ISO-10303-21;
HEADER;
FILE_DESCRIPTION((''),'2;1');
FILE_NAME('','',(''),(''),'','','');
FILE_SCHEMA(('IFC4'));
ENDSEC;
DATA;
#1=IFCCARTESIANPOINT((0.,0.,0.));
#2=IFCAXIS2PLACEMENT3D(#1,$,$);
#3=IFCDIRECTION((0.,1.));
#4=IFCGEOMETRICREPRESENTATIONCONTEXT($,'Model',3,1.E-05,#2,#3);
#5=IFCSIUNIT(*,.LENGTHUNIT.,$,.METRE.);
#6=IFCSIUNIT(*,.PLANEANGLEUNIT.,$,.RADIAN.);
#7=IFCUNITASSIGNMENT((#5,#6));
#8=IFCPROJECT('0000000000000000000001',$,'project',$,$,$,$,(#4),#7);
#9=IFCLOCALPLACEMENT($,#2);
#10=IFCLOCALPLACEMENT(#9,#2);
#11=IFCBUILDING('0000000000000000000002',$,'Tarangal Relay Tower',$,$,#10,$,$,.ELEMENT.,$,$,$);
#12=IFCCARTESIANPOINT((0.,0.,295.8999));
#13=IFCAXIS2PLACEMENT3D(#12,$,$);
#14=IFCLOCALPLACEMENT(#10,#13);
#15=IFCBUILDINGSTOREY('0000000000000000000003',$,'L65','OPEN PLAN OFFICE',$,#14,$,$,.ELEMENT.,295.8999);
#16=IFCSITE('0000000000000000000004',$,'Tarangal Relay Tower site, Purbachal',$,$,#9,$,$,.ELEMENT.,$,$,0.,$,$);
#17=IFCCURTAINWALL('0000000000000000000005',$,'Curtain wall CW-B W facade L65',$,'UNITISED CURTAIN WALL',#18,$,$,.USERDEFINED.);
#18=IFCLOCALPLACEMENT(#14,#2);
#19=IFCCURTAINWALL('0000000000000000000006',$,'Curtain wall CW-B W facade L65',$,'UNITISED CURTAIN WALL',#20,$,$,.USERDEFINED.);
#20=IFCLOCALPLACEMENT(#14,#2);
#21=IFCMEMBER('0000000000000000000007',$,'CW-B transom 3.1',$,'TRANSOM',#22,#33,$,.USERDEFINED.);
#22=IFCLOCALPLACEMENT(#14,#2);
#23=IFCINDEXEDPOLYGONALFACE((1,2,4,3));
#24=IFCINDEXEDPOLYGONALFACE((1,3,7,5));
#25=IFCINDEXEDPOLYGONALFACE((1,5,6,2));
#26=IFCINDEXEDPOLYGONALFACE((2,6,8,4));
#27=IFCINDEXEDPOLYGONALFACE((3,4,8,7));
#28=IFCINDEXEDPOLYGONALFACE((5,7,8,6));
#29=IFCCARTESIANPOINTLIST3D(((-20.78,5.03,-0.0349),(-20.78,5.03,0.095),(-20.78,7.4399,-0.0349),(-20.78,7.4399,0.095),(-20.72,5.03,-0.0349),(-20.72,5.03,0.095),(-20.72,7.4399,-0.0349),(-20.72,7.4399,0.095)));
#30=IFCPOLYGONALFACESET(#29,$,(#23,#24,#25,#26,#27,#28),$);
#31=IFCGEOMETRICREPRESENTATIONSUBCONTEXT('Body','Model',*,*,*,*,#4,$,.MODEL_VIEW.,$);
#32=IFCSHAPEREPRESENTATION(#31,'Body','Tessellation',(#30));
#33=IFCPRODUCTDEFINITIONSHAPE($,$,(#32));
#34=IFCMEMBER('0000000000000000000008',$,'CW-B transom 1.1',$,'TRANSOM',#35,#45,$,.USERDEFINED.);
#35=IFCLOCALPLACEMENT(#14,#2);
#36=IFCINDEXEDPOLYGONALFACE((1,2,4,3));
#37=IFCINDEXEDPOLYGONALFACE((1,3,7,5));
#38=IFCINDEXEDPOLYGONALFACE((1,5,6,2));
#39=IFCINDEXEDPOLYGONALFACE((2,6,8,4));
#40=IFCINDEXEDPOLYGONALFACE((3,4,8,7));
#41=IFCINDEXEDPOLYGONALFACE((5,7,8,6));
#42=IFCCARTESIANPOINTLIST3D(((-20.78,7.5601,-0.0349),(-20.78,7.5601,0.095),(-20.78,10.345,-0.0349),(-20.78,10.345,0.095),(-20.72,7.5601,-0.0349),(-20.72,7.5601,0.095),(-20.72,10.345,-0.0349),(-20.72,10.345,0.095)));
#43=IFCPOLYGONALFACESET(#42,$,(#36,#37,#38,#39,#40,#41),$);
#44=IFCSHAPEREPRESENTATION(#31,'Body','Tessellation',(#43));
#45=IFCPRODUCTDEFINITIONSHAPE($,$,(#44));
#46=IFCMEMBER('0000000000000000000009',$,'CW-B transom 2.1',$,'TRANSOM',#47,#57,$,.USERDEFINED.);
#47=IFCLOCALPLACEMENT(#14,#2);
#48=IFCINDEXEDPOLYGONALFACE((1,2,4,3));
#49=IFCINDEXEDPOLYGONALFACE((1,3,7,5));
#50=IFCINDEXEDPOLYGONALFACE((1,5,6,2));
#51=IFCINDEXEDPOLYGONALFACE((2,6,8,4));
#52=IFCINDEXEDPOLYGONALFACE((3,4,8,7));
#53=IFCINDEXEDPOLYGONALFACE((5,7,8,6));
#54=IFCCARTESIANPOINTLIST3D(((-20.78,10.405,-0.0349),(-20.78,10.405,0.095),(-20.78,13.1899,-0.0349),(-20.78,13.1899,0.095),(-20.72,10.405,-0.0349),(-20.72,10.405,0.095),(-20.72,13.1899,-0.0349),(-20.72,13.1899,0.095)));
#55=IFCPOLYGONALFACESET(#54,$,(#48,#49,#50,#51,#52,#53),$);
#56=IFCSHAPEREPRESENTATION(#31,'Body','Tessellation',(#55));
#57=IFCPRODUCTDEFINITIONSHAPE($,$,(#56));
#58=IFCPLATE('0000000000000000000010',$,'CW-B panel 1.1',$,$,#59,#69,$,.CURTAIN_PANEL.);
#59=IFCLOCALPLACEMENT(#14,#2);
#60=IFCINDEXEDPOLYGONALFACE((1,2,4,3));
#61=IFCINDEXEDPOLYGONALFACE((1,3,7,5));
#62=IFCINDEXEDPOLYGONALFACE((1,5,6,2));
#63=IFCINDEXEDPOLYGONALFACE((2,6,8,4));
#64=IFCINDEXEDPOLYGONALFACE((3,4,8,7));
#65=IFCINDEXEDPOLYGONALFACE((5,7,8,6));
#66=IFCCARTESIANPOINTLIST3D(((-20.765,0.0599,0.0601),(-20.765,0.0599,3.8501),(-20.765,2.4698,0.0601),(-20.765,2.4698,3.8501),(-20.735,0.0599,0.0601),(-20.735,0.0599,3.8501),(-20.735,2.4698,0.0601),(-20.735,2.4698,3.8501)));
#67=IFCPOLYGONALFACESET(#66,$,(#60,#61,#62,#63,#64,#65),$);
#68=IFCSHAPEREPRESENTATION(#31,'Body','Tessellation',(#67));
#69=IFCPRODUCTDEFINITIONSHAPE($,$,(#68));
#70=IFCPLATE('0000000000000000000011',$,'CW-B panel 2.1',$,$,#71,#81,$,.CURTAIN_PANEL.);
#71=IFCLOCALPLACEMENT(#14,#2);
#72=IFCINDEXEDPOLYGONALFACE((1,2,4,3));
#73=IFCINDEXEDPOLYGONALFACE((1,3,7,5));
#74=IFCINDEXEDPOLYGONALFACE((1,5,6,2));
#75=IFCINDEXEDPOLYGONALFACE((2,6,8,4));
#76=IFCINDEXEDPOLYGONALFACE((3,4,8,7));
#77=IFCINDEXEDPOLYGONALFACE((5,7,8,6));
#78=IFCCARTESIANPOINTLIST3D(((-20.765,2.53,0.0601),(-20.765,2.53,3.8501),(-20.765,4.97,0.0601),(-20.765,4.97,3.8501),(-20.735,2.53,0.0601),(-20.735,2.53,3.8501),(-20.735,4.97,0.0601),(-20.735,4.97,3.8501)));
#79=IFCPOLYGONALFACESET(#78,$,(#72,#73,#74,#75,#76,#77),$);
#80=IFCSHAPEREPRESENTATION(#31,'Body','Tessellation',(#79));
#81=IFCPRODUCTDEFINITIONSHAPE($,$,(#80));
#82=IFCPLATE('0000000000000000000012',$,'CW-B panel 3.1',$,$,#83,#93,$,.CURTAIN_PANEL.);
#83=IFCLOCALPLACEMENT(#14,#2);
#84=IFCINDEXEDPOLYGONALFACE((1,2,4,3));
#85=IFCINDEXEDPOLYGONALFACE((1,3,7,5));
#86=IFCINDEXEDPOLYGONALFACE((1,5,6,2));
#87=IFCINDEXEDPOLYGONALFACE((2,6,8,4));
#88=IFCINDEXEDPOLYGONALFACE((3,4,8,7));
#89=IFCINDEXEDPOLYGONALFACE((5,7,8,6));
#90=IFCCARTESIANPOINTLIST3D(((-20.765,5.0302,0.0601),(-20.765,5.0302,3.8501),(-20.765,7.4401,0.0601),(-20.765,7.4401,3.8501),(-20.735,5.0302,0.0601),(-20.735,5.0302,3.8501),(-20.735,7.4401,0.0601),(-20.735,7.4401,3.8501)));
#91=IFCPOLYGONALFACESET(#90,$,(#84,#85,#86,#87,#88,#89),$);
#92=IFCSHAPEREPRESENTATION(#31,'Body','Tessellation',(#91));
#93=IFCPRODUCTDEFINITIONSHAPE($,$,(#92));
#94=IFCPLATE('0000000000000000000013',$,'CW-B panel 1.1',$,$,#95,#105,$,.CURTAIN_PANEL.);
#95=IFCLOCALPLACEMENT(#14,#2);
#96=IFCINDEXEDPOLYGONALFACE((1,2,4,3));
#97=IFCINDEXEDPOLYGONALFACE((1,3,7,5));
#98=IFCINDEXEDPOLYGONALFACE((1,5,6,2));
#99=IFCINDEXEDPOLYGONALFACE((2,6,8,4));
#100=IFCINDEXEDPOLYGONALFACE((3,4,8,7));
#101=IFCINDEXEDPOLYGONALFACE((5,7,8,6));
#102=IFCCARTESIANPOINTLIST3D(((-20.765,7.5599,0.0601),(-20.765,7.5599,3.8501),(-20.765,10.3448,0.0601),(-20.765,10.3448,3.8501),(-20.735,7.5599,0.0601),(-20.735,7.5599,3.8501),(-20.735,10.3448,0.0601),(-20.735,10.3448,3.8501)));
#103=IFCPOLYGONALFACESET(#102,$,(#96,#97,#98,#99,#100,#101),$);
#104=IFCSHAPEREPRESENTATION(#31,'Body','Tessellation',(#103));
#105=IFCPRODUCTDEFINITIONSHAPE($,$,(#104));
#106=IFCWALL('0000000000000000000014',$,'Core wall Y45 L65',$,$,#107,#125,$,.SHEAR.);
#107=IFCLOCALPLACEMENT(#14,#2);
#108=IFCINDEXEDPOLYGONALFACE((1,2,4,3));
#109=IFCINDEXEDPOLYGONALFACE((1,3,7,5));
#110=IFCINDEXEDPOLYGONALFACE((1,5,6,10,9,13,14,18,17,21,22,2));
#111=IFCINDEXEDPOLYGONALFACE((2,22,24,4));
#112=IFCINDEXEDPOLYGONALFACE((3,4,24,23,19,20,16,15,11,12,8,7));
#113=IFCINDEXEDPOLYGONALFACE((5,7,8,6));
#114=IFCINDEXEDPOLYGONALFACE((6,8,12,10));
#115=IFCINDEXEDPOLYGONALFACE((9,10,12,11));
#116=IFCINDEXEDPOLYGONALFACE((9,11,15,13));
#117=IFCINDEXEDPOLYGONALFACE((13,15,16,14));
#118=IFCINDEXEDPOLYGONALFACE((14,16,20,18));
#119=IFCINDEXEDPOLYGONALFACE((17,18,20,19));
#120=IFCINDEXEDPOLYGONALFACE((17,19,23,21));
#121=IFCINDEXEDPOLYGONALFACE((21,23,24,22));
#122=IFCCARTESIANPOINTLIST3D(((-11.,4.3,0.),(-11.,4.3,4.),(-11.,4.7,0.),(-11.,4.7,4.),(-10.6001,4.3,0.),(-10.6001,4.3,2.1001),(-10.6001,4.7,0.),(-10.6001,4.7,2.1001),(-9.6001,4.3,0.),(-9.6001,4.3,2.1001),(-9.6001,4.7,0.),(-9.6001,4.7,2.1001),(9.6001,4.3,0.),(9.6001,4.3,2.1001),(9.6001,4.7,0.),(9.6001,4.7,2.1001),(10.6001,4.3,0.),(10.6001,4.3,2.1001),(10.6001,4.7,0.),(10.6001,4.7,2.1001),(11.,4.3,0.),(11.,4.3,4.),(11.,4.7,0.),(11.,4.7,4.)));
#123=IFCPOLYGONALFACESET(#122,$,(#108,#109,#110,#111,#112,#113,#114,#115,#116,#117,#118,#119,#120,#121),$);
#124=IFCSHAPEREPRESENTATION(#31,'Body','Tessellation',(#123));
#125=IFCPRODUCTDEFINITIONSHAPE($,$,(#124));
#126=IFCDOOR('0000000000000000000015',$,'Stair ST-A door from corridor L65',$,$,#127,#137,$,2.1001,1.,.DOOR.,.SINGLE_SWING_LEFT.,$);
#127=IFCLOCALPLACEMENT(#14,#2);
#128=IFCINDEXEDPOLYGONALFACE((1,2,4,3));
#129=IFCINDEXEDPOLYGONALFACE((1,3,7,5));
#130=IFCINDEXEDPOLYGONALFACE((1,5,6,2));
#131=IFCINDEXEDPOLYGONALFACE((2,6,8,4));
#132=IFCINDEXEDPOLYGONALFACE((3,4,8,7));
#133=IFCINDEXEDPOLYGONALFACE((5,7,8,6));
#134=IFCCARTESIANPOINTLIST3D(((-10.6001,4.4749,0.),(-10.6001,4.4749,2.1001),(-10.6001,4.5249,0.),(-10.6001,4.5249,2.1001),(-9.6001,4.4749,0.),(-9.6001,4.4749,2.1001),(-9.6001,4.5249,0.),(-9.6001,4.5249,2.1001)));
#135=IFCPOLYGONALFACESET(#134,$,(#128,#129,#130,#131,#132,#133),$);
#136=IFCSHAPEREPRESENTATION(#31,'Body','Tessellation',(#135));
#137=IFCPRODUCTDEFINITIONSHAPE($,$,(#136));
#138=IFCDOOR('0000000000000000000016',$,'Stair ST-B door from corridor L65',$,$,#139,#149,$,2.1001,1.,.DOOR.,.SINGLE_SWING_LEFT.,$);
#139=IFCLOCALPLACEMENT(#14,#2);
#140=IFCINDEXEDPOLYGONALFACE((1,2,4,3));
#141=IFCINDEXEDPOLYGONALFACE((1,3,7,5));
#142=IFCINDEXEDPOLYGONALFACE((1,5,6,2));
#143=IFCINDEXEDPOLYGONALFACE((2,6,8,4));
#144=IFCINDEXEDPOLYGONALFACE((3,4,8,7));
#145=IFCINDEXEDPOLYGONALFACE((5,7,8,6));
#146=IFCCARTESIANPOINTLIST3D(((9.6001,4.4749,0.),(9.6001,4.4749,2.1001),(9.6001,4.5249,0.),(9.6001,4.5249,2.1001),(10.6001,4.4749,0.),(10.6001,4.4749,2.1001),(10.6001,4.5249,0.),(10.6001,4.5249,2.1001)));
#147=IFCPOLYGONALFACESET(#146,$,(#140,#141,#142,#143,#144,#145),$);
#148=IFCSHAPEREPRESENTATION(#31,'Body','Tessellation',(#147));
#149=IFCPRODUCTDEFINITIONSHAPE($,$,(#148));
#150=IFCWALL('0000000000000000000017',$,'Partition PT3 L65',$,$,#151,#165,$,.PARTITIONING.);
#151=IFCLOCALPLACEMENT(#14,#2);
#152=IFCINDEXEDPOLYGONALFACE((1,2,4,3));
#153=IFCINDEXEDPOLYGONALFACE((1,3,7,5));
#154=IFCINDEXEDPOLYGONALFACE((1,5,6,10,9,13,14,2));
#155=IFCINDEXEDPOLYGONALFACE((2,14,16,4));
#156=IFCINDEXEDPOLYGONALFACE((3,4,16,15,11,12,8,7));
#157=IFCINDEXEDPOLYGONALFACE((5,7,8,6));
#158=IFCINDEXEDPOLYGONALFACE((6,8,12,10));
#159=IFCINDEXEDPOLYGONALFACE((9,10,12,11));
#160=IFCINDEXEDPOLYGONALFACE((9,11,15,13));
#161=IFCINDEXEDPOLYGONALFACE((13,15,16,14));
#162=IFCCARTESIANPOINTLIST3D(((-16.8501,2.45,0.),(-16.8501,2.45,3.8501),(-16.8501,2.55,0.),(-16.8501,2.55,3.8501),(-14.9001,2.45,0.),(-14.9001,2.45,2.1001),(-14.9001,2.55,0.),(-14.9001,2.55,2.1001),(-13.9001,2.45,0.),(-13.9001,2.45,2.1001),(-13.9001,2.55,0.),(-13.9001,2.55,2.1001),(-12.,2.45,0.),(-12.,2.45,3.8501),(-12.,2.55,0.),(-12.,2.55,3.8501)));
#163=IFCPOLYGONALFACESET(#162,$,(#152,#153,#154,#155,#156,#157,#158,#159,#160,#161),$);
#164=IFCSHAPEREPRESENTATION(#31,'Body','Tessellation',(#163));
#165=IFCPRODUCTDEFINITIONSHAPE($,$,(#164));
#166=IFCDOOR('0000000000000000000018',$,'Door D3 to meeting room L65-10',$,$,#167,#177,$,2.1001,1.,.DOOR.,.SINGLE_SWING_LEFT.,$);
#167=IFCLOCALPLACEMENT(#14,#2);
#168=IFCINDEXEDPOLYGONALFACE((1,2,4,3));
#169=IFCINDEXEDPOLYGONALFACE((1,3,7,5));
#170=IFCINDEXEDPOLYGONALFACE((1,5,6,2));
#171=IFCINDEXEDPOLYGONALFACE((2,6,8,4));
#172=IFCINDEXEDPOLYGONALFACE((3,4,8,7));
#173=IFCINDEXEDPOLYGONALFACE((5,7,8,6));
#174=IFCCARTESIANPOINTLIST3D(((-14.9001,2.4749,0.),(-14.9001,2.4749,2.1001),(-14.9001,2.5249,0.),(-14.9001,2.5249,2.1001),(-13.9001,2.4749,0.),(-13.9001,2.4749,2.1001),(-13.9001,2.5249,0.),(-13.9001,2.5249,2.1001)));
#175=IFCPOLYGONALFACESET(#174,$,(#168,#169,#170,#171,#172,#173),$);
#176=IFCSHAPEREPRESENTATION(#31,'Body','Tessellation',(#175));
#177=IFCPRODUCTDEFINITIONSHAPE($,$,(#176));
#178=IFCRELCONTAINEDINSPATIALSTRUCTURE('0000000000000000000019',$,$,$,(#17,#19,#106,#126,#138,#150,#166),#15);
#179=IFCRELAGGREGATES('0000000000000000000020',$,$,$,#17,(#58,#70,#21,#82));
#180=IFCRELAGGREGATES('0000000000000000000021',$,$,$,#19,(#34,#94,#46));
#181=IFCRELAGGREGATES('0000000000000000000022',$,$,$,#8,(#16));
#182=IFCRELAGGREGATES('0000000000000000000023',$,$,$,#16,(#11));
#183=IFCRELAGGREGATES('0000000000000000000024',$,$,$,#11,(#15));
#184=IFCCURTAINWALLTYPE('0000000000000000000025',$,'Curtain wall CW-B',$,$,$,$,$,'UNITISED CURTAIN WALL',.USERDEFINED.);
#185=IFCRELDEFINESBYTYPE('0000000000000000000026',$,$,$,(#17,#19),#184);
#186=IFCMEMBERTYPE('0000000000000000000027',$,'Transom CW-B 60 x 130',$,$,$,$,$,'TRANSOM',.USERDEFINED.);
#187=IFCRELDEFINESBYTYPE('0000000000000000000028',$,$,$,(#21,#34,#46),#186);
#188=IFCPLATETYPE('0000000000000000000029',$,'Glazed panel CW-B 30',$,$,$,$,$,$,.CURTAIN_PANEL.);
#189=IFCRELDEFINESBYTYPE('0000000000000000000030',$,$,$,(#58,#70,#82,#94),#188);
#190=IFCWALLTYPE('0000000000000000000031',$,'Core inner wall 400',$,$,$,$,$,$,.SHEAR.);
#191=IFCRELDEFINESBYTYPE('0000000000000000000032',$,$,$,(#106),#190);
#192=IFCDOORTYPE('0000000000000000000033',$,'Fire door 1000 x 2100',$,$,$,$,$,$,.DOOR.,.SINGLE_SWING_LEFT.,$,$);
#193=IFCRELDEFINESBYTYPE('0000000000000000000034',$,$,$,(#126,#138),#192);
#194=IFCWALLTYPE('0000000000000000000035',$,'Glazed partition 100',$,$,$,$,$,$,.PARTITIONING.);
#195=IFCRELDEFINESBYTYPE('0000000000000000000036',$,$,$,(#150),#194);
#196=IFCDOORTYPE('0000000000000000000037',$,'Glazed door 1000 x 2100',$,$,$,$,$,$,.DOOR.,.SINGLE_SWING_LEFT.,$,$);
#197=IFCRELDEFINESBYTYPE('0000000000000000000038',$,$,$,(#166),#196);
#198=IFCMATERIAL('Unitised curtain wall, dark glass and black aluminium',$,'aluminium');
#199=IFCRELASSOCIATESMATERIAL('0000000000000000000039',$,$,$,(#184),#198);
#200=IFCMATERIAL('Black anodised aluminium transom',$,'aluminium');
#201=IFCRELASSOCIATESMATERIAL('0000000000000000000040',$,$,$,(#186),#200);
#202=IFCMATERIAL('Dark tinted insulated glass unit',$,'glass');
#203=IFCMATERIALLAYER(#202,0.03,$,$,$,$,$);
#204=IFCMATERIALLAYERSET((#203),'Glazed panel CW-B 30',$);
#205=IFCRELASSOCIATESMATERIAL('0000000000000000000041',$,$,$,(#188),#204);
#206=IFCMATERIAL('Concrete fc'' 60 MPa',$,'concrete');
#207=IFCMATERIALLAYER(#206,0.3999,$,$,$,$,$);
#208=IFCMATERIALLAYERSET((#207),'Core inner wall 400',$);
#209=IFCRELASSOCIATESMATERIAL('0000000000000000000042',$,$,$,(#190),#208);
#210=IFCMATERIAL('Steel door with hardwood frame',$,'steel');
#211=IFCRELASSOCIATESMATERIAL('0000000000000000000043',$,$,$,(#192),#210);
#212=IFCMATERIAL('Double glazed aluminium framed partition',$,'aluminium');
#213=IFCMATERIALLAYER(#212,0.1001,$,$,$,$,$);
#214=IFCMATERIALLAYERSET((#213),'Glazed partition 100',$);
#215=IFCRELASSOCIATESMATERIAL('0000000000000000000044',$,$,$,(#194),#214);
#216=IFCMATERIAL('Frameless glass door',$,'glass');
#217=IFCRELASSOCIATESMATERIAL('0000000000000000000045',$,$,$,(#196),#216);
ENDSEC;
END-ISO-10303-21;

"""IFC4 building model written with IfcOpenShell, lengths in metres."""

from ifc_helpers import new_model, si_unit, direction, frame, frame_2d, origin, origin_2d, place, context, subcontext, project, spatial, rectangle, extrude, material, layer, layer_set, material_profile, profile_set, type_object, element, fill, aggregate, save


model = new_model("IFC4")

# Units and contexts
model_context = context("Model", 3, precision=1e-05, world=origin(), true_north=direction((0.0, 1.0)))
body_context = subcontext(model_context, "Body", "Model", "MODEL_VIEW")
ifc_project = project(units=[si_unit("LENGTHUNIT", "METRE"), si_unit("PLANEANGLEUNIT", "RADIAN")], contexts=[model_context])

# Site, building, storey
site_placement = place(None, origin())
site = spatial("IfcSite", under=ifc_project, at=site_placement, Name="Tarangal Relay Tower site, Purbachal", CompositionType="ELEMENT", RefElevation=0.0)
building_placement = place(site_placement, origin())
building = spatial("IfcBuilding", under=site, at=building_placement, Name="Tarangal Relay Tower", CompositionType="ELEMENT")
storey_placement = place(building_placement, frame((0.0, 0.0, 295.8999)))
storey = spatial("IfcBuildingStorey", under=building, at=storey_placement, Name="L65", Description="OPEN PLAN OFFICE", CompositionType="ELEMENT", Elevation=295.8999)

# Curtain walls
ifc_material_1 = material(Name="Unitised curtain wall, dark glass and black aluminium", Category="aluminium")
curtain_wall_type = type_object("IfcCurtainWallType", Name="Curtain wall CW-B", ElementType="UNITISED CURTAIN WALL", PredefinedType="USERDEFINED", material=ifc_material_1)
curtain_wall_1_placement = place(storey_placement, origin())
curtain_wall_1 = element("IfcCurtainWall", 1, at=curtain_wall_1_placement, inside=storey, type_object=curtain_wall_type, Name="Curtain wall CW-B W facade L65", ObjectType="UNITISED CURTAIN WALL", PredefinedType="USERDEFINED")
curtain_wall_2_placement = place(storey_placement, origin())
curtain_wall_2 = element("IfcCurtainWall", 2, at=curtain_wall_2_placement, inside=storey, type_object=curtain_wall_type, Name="Curtain wall CW-B W facade L65", ObjectType="UNITISED CURTAIN WALL", PredefinedType="USERDEFINED")

# Members
ifc_material_2 = material(Name="Black anodised aluminium transom", Category="aluminium")
ifc_material_profile_1 = material_profile(ifc_material_2, rectangle(XDim=0.0601, YDim=0.1299, at=origin_2d()), Name="CW-BT 60X130")
ifc_profile_set_1 = profile_set([ifc_material_profile_1], Name="Black anodised aluminium transom")
member_type_1 = type_object("IfcMemberType", Name="Transom CW-B 60 x 130", ElementType="TRANSOM", PredefinedType="USERDEFINED", material=ifc_profile_set_1)
member_1_placement = place(storey_placement, frame((-20.75, 5.03, 0.03), z_axis=(0.0, 1.0, 0.0), x_axis=(-1.0, 0.0, 0.0)))
member_1 = element("IfcMember", 3, at=member_1_placement, type_object=member_type_1, Name="CW-B transom 3.1", ObjectType="TRANSOM", PredefinedType="USERDEFINED", context=body_context, shape_type="SweptSolid", body=[
    extrude(rectangle(XDim=0.0601, YDim=0.1299, at=origin_2d()), origin(), (0.0, 0.0, 1.0), 2.4099),
])
member_2_placement = place(storey_placement, frame((-20.75, 7.5601, 0.03), z_axis=(0.0, 1.0, 0.0), x_axis=(-1.0, 0.0, 0.0)))
member_2 = element("IfcMember", 4, at=member_2_placement, type_object=member_type_1, Name="CW-B transom 1.1", ObjectType="TRANSOM", PredefinedType="USERDEFINED", context=body_context, shape_type="SweptSolid", body=[
    extrude(rectangle(XDim=0.0601, YDim=0.1299, at=origin_2d()), origin(), (0.0, 0.0, 1.0), 2.7849),
])
member_3_placement = place(storey_placement, frame((-20.75, 10.405, 0.03), z_axis=(0.0, 1.0, 0.0), x_axis=(-1.0, 0.0, 0.0)))
member_3 = element("IfcMember", 5, at=member_3_placement, type_object=member_type_1, Name="CW-B transom 2.1", ObjectType="TRANSOM", PredefinedType="USERDEFINED", context=body_context, shape_type="SweptSolid", body=[
    extrude(rectangle(XDim=0.0601, YDim=0.1299, at=origin_2d()), origin(), (0.0, 0.0, 1.0), 2.7849),
])

# Plates
ifc_material_3 = material(Name="Dark tinted insulated glass unit", Category="glass")
ifc_layer_1 = layer(ifc_material_3, 0.03)
ifc_layer_set_1 = layer_set([ifc_layer_1], Name="Glazed panel CW-B 30")
plate_type = type_object("IfcPlateType", Name="Glazed panel CW-B 30", PredefinedType="CURTAIN_PANEL", material=ifc_layer_set_1)
plate_1_placement = place(storey_placement, frame((-20.75, 1.2649, 0.0601), z_axis=(0.0, 0.0, 1.0), x_axis=(0.0, 1.0, 0.0)))
plate_1 = element("IfcPlate", 6, at=plate_1_placement, type_object=plate_type, Name="CW-B panel 1.1", PredefinedType="CURTAIN_PANEL", context=body_context, shape_type="SweptSolid", body=[
    extrude(rectangle(XDim=2.4099, YDim=0.03, at=origin_2d()), origin(), (0.0, 0.0, 1.0), 3.79),
])
plate_2_placement = place(storey_placement, frame((-20.75, 3.75, 0.0601), z_axis=(0.0, 0.0, 1.0), x_axis=(0.0, 1.0, 0.0)))
plate_2 = element("IfcPlate", 7, at=plate_2_placement, type_object=plate_type, Name="CW-B panel 2.1", PredefinedType="CURTAIN_PANEL", context=body_context, shape_type="SweptSolid", body=[
    extrude(rectangle(XDim=2.4399, YDim=0.03, at=origin_2d()), origin(), (0.0, 0.0, 1.0), 3.79),
])
plate_3_placement = place(storey_placement, frame((-20.75, 6.2351, 0.0601), z_axis=(0.0, 0.0, 1.0), x_axis=(0.0, 1.0, 0.0)))
plate_3 = element("IfcPlate", 8, at=plate_3_placement, type_object=plate_type, Name="CW-B panel 3.1", PredefinedType="CURTAIN_PANEL", context=body_context, shape_type="SweptSolid", body=[
    extrude(rectangle(XDim=2.4099, YDim=0.03, at=origin_2d()), origin(), (0.0, 0.0, 1.0), 3.79),
])
aggregate(curtain_wall_1, [plate_1, plate_2, member_1, plate_3])
plate_4_placement = place(storey_placement, frame((-20.75, 8.9524, 0.0601), z_axis=(0.0, 0.0, 1.0), x_axis=(0.0, 1.0, 0.0)))
plate_4 = element("IfcPlate", 9, at=plate_4_placement, type_object=plate_type, Name="CW-B panel 1.1", PredefinedType="CURTAIN_PANEL", context=body_context, shape_type="SweptSolid", body=[
    extrude(rectangle(XDim=2.7849, YDim=0.03, at=origin_2d()), origin(), (0.0, 0.0, 1.0), 3.79),
])
aggregate(curtain_wall_2, [member_2, plate_4, member_3])

# Wall, openings, doors
ifc_material_4 = material(Name="Concrete fc' 60 MPa", Category="concrete")
ifc_layer_2 = layer(ifc_material_4, 0.3999)
ifc_layer_set_2 = layer_set([ifc_layer_2], Name="Core inner wall 400")
wall_type_1 = type_object("IfcWallType", Name="Core inner wall 400", PredefinedType="SHEAR", material=ifc_layer_set_2)
wall_1_placement = place(storey_placement, frame((-11.0, 4.5, 0.0), z_axis=(0.0, 0.0, 1.0), x_axis=(1.0, 0.0, 0.0)))
wall_1 = element("IfcWall", 10, at=wall_1_placement, inside=storey, type_object=wall_type_1, Name="Core wall Y45 L65", PredefinedType="SHEAR", context=body_context, shape_type="SweptSolid", body=[
    extrude(rectangle(XDim=22.0, YDim=0.3999, at=frame_2d((11.0, 0.0))), origin(), (0.0, 0.0, 1.0), 4.0),
])
opening_1_placement = place(wall_1_placement, frame((0.3999, 0.0, 0.0)))
opening_1 = element("IfcOpeningElement", 11, at=opening_1_placement, cuts=wall_1, PredefinedType="OPENING", context=body_context, shape_type="SweptSolid", body=[
    extrude(rectangle(XDim=1.0, YDim=2.1001, at=frame_2d((0.5, 1.05))), frame((0.0, 0.21, 0.0), z_axis=(0.0, -1.0, 0.0), x_axis=(1.0, 0.0, 0.0)), (0.0, 0.0, 1.0), 0.4199),
])
opening_2_placement = place(wall_1_placement, frame((20.6001, 0.0, 0.0)))
opening_2 = element("IfcOpeningElement", 12, at=opening_2_placement, cuts=wall_1, PredefinedType="OPENING", context=body_context, shape_type="SweptSolid", body=[
    extrude(rectangle(XDim=1.0, YDim=2.1001, at=frame_2d((0.5, 1.05))), frame((0.0, 0.21, 0.0), z_axis=(0.0, -1.0, 0.0), x_axis=(1.0, 0.0, 0.0)), (0.0, 0.0, 1.0), 0.4199),
])
ifc_material_5 = material(Name="Steel door with hardwood frame", Category="steel")
door_type_1 = type_object("IfcDoorType", Name="Fire door 1000 x 2100", OperationType="SINGLE_SWING_LEFT", PredefinedType="DOOR", material=ifc_material_5)
door_1_placement = place(opening_1_placement, origin())
door_1 = element("IfcDoor", 13, at=door_1_placement, inside=storey, type_object=door_type_1, Name="Stair ST-A door from corridor L65", OperationType="SINGLE_SWING_LEFT", OverallHeight=2.1001, OverallWidth=1.0, PredefinedType="DOOR", context=body_context, shape_type="SweptSolid", body=[
    extrude(rectangle(XDim=1.0, YDim=2.1001, at=frame_2d((0.5, 1.05))), frame((0.0, 0.0249, 0.0), z_axis=(0.0, -1.0, 0.0), x_axis=(1.0, 0.0, 0.0)), (0.0, 0.0, 1.0), 0.05),
])
fill(opening_1, door_1)
door_2_placement = place(opening_2_placement, origin())
door_2 = element("IfcDoor", 14, at=door_2_placement, inside=storey, type_object=door_type_1, Name="Stair ST-B door from corridor L65", OperationType="SINGLE_SWING_LEFT", OverallHeight=2.1001, OverallWidth=1.0, PredefinedType="DOOR", context=body_context, shape_type="SweptSolid", body=[
    extrude(rectangle(XDim=1.0, YDim=2.1001, at=frame_2d((0.5, 1.05))), frame((0.0, 0.0249, 0.0), z_axis=(0.0, -1.0, 0.0), x_axis=(1.0, 0.0, 0.0)), (0.0, 0.0, 1.0), 0.05),
])
fill(opening_2, door_2)

# Wall, opening, door
ifc_material_6 = material(Name="Double glazed aluminium framed partition", Category="aluminium")
ifc_layer_3 = layer(ifc_material_6, 0.1001)
ifc_layer_set_3 = layer_set([ifc_layer_3], Name="Glazed partition 100")
wall_type_2 = type_object("IfcWallType", Name="Glazed partition 100", PredefinedType="PARTITIONING", material=ifc_layer_set_3)
wall_2_placement = place(storey_placement, frame((-16.8501, 2.5, 0.0), z_axis=(0.0, 0.0, 1.0), x_axis=(1.0, 0.0, 0.0)))
wall_2 = element("IfcWall", 15, at=wall_2_placement, inside=storey, type_object=wall_type_2, Name="Partition PT3 L65", PredefinedType="PARTITIONING", context=body_context, shape_type="SweptSolid", body=[
    extrude(rectangle(XDim=4.8501, YDim=0.1001, at=frame_2d((2.425, 0.0))), origin(), (0.0, 0.0, 1.0), 3.8501),
])
opening_3_placement = place(wall_2_placement, frame((1.95, 0.0, 0.0)))
opening_3 = element("IfcOpeningElement", 16, at=opening_3_placement, cuts=wall_2, PredefinedType="OPENING", context=body_context, shape_type="SweptSolid", body=[
    extrude(rectangle(XDim=1.0, YDim=2.1001, at=frame_2d((0.5, 1.05))), frame((0.0, 0.0601, 0.0), z_axis=(0.0, -1.0, 0.0), x_axis=(1.0, 0.0, 0.0)), (0.0, 0.0, 1.0), 0.1201),
])
ifc_material_7 = material(Name="Frameless glass door", Category="glass")
door_type_2 = type_object("IfcDoorType", Name="Glazed door 1000 x 2100", OperationType="SINGLE_SWING_LEFT", PredefinedType="DOOR", material=ifc_material_7)
door_3_placement = place(opening_3_placement, origin())
door_3 = element("IfcDoor", 17, at=door_3_placement, inside=storey, type_object=door_type_2, Name="Door D3 to meeting room L65-10", OperationType="SINGLE_SWING_LEFT", OverallHeight=2.1001, OverallWidth=1.0, PredefinedType="DOOR", context=body_context, shape_type="SweptSolid", body=[
    extrude(rectangle(XDim=1.0, YDim=2.1001, at=frame_2d((0.5, 1.05))), frame((0.0, 0.0249, 0.0), z_axis=(0.0, -1.0, 0.0), x_axis=(1.0, 0.0, 0.0)), (0.0, 0.0, 1.0), 0.05),
])
fill(opening_3, door_3)

save(model, "model.ifc")
